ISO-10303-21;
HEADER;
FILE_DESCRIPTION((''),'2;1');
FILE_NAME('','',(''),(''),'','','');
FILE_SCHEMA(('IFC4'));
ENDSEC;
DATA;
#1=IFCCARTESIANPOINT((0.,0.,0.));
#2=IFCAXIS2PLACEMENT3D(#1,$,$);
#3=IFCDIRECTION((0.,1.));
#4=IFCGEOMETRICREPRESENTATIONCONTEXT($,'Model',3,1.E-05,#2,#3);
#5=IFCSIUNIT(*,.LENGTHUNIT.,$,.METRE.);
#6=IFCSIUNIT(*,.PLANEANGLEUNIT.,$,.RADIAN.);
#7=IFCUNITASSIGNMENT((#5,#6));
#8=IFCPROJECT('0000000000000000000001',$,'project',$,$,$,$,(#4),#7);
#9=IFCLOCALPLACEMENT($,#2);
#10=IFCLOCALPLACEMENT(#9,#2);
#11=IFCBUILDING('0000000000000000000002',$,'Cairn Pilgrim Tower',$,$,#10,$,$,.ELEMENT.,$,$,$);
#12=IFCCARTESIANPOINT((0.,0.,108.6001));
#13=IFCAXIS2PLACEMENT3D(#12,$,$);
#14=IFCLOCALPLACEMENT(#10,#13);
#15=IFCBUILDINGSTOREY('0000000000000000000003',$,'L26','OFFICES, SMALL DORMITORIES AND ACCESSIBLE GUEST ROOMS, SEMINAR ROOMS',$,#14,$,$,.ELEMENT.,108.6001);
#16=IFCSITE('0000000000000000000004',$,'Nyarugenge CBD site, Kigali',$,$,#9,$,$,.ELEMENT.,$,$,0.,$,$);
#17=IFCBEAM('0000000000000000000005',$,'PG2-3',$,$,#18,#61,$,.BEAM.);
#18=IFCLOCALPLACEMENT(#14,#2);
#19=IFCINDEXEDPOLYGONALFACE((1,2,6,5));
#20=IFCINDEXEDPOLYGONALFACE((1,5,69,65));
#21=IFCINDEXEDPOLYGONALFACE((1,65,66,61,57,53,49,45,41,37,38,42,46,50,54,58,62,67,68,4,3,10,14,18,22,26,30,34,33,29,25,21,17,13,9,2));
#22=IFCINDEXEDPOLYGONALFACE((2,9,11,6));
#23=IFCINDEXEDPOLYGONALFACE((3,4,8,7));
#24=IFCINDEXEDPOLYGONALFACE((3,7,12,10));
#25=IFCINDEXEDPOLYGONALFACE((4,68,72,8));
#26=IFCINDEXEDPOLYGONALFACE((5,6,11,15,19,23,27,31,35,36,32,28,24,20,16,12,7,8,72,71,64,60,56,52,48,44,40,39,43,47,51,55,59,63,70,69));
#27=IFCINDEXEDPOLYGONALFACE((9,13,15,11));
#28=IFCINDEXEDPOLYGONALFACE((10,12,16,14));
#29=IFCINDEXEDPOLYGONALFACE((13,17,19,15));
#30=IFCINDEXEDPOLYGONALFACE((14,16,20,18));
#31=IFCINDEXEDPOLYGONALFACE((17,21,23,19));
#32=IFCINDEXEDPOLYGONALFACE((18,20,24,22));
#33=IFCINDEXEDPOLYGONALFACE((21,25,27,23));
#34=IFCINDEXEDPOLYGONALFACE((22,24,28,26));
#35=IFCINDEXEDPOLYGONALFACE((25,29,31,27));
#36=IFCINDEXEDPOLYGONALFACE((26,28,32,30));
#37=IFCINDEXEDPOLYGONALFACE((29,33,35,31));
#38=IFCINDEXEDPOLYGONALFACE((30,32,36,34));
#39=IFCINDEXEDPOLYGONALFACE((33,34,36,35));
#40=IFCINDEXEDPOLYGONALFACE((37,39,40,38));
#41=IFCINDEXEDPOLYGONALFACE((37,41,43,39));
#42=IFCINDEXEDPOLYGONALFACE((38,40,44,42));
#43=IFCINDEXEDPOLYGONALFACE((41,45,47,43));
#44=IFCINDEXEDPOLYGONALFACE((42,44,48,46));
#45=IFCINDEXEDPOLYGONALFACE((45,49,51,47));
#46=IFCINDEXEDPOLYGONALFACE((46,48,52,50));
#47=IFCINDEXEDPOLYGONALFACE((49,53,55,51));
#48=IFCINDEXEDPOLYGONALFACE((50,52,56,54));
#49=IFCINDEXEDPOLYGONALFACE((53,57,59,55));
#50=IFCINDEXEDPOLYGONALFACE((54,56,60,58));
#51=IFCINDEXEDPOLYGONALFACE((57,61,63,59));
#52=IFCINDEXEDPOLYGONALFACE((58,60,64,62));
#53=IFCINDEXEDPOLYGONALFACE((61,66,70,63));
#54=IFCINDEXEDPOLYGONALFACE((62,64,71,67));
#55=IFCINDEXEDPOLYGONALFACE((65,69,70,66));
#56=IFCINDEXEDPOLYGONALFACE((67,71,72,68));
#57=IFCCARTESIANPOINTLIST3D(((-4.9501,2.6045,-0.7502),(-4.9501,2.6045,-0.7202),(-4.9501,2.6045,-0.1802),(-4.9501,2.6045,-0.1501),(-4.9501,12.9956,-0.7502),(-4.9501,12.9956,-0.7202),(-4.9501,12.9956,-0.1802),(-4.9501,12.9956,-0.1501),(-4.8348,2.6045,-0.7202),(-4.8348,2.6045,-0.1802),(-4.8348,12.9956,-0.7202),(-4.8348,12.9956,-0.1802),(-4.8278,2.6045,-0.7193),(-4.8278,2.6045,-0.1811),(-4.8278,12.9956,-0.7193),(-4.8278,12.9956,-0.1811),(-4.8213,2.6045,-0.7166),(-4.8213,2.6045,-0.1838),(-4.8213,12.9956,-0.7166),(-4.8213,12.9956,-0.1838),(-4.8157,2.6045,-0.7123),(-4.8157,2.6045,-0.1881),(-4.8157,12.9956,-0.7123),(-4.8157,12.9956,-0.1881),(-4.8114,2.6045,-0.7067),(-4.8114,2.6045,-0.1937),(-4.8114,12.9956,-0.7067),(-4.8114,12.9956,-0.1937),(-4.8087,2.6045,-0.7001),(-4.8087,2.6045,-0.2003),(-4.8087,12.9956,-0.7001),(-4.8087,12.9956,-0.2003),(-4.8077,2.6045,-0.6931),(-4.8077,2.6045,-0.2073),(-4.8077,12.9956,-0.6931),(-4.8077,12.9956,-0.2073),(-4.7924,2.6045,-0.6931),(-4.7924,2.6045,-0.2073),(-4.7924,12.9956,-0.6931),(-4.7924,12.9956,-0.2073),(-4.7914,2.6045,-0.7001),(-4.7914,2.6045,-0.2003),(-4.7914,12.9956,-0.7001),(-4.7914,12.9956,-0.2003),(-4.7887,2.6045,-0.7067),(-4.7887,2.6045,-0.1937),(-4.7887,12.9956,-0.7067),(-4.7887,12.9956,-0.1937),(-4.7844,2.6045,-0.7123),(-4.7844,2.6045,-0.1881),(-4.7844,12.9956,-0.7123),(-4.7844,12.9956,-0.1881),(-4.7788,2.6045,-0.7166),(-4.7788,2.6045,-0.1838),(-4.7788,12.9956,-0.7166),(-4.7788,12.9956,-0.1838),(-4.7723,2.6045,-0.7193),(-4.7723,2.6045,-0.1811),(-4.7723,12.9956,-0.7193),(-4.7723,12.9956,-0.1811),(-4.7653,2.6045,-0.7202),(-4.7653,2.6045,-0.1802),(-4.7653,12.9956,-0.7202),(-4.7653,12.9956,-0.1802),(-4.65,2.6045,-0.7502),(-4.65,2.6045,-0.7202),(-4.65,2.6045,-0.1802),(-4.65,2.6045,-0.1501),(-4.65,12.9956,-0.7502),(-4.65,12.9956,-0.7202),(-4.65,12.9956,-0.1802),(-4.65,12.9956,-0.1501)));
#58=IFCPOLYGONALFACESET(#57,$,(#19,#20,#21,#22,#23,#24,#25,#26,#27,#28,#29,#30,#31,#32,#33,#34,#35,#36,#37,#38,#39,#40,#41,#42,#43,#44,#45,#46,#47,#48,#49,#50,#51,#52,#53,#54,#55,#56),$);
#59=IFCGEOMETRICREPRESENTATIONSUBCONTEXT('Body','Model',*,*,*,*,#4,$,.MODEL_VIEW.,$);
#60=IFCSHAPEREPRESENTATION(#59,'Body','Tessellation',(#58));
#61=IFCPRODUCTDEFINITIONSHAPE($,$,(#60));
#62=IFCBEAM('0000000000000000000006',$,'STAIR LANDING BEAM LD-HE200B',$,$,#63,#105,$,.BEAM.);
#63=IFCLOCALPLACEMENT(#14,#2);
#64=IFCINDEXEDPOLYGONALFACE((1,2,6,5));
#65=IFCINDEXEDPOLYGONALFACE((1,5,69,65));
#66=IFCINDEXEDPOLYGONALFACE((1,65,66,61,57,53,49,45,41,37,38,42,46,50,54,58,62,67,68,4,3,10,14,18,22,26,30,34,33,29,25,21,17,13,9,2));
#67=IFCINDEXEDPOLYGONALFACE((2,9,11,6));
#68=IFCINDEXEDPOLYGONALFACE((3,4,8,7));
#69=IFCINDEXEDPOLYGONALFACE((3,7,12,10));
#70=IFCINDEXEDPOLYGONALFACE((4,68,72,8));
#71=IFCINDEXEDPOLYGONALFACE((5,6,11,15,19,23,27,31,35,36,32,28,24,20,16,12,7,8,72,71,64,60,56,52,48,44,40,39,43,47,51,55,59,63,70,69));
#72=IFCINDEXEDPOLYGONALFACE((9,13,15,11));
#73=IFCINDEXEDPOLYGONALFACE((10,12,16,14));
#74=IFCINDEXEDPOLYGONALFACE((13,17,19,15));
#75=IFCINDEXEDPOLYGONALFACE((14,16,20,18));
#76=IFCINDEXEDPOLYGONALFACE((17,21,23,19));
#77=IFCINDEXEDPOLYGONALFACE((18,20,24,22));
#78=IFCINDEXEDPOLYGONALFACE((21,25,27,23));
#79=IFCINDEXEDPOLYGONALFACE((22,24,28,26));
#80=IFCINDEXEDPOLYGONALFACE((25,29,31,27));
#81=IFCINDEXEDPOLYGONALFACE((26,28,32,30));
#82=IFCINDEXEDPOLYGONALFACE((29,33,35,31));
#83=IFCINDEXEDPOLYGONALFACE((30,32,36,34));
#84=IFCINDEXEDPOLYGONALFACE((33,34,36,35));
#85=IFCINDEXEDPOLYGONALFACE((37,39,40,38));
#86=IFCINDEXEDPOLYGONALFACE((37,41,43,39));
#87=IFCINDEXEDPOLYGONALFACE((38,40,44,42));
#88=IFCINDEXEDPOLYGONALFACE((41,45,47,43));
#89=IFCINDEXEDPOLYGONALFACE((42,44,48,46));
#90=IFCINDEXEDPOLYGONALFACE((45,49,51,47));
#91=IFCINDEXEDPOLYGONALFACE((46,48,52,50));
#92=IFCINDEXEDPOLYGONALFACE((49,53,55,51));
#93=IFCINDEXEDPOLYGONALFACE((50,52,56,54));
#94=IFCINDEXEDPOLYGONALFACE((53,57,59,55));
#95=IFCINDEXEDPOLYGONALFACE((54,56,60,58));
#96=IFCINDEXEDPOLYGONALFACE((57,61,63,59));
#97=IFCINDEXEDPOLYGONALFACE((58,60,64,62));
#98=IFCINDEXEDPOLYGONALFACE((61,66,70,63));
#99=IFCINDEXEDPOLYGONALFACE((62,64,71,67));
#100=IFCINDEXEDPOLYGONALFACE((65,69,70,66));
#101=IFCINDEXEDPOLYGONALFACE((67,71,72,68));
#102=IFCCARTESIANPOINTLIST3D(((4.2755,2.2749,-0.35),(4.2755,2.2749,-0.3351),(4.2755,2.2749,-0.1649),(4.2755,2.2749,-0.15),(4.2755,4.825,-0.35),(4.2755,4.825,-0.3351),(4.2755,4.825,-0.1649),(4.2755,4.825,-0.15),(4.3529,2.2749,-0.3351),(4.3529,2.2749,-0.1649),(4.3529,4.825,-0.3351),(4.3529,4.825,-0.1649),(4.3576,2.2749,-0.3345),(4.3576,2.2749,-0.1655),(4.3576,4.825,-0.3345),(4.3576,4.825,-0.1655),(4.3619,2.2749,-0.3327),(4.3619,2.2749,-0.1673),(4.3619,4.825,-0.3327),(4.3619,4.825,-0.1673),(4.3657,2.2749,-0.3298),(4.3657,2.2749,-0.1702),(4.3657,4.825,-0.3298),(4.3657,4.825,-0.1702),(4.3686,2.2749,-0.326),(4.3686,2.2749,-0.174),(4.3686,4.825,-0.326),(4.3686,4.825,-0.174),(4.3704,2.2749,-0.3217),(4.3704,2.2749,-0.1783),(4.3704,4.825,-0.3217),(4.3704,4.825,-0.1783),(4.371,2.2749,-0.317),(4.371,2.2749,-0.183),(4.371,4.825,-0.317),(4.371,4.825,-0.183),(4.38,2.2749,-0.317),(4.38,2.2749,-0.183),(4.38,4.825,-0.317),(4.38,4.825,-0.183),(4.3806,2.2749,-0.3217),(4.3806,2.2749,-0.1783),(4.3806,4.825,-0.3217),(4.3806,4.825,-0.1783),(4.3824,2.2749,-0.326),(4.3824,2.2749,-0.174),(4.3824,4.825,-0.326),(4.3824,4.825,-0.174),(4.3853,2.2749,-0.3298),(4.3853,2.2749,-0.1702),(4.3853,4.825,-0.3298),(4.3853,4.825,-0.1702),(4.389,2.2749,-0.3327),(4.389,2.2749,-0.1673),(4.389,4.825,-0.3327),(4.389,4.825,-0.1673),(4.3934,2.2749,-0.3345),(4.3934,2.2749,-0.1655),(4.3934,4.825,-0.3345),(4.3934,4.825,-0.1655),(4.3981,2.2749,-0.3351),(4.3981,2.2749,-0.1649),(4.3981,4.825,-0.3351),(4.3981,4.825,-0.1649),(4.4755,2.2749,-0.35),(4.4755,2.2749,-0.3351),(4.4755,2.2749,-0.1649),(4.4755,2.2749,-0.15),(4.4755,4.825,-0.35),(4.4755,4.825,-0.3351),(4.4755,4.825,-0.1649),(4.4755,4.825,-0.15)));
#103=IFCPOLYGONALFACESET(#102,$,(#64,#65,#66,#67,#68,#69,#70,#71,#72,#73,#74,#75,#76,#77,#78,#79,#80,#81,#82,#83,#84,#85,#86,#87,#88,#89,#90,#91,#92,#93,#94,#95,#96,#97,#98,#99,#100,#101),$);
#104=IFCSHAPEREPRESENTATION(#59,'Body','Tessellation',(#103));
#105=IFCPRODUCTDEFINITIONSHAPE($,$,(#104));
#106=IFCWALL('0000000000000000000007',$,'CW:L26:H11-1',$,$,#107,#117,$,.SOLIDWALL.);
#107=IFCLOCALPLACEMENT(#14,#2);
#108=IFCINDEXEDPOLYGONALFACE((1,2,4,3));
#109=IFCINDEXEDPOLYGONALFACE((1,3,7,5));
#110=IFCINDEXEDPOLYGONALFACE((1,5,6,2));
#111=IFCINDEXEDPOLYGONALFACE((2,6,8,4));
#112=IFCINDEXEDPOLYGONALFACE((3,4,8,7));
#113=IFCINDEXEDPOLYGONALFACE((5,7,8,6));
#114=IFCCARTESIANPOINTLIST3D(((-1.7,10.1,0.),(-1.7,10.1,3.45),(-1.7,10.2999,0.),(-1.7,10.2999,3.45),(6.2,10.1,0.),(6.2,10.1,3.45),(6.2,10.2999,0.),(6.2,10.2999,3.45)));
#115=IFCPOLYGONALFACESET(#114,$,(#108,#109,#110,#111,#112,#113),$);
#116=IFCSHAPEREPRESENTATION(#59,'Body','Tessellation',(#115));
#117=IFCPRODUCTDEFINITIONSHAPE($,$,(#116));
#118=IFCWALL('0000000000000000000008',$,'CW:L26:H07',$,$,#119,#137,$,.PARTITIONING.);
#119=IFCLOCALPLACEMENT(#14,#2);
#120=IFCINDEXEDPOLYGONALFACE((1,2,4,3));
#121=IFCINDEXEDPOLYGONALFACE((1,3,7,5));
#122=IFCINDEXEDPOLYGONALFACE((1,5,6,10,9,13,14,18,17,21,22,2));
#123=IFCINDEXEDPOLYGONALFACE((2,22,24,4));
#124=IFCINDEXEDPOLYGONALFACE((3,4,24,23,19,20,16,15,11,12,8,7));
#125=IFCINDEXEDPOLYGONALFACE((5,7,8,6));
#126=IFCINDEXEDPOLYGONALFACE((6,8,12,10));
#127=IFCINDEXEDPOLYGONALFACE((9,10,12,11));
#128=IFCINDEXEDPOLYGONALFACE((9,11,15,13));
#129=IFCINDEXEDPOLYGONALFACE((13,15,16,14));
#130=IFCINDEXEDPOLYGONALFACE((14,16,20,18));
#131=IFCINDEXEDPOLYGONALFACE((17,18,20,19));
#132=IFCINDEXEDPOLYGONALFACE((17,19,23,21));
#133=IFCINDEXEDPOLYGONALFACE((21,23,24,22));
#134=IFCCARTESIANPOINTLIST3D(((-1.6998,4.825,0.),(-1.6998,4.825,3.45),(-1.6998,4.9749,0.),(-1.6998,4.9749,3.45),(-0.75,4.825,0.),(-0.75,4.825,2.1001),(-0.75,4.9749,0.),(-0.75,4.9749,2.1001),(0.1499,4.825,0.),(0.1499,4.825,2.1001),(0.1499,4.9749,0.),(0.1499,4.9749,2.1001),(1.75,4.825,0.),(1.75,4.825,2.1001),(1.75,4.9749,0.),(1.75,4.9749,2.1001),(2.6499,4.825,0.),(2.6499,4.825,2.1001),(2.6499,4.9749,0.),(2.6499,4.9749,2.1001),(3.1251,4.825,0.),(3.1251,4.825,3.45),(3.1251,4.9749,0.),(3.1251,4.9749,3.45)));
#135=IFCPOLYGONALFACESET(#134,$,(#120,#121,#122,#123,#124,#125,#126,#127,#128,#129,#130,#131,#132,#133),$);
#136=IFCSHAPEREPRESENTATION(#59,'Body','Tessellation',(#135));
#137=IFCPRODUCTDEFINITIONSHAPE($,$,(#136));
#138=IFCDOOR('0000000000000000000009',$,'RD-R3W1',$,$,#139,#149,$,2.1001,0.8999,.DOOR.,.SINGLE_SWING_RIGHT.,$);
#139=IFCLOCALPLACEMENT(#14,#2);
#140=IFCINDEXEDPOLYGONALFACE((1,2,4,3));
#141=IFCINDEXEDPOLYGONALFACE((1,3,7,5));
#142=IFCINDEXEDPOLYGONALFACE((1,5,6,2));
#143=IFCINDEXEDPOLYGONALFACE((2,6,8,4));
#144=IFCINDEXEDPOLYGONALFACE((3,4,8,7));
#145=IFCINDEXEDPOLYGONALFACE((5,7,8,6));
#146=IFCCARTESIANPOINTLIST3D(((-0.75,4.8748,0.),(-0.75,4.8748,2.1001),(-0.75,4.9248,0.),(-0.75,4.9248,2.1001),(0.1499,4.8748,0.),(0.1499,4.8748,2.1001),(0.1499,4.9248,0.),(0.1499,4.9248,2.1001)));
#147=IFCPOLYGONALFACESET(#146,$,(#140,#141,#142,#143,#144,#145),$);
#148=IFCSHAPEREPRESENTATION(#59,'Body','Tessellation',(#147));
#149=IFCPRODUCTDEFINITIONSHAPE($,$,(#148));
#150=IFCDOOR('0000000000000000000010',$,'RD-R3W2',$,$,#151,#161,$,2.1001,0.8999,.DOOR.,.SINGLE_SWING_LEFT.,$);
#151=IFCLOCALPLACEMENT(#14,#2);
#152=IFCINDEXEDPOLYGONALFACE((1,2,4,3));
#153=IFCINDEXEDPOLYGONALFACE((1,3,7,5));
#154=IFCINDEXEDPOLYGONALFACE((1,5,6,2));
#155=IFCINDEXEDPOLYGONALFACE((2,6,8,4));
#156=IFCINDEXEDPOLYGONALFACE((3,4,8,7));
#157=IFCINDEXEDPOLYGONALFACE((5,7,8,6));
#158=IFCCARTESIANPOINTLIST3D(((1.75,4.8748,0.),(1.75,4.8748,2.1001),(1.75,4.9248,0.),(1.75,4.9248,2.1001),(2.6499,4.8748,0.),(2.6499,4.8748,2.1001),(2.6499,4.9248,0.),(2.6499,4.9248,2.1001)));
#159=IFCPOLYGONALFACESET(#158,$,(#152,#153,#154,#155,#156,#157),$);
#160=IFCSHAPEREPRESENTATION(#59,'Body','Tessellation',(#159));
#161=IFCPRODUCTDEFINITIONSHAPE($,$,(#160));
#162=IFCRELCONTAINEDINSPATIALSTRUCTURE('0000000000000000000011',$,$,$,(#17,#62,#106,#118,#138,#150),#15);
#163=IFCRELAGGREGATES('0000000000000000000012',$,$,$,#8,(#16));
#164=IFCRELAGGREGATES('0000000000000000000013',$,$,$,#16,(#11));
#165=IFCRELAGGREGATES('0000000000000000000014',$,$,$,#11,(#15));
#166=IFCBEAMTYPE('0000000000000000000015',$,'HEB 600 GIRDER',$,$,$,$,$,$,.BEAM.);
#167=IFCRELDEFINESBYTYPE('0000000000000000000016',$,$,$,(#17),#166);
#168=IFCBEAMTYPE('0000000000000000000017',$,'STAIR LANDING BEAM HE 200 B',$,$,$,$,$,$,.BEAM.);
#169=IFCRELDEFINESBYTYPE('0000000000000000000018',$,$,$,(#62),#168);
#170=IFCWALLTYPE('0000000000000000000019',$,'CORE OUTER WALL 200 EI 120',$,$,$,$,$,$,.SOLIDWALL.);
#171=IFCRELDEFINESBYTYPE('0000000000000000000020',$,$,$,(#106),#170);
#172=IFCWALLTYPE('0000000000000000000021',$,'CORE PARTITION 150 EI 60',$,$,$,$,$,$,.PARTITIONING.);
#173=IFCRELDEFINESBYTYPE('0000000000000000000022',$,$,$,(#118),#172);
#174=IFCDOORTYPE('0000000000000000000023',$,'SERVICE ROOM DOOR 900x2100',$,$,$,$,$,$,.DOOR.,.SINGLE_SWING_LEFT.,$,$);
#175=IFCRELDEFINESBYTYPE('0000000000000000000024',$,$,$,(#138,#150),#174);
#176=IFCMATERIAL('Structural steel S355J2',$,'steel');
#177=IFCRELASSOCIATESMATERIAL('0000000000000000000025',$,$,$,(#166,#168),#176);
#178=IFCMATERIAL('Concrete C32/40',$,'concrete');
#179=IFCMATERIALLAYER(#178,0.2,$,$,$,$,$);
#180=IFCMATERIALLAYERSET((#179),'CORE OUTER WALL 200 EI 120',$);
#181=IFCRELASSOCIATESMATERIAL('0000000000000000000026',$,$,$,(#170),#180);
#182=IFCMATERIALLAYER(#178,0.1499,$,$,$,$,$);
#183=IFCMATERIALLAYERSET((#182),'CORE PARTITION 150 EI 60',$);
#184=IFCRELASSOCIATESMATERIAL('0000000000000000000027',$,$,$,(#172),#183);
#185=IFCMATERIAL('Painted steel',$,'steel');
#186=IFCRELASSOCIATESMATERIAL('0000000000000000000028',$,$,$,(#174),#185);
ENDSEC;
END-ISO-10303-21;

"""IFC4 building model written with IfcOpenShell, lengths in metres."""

from ifc_helpers import new_model, si_unit, direction, frame, frame_2d, origin, origin_2d, place, context, subcontext, project, spatial, rectangle, i_section, extrude, material, layer, layer_set, material_profile, profile_set, type_object, element, fill, save


model = new_model("IFC4")

# Units and contexts
model_context = context("Model", 3, precision=1e-05, world=origin(), true_north=direction((0.0, 1.0)))
body_context = subcontext(model_context, "Body", "Model", "MODEL_VIEW")
ifc_project = project(units=[si_unit("LENGTHUNIT", "METRE"), si_unit("PLANEANGLEUNIT", "RADIAN")], contexts=[model_context])

# Site, building, storey
site_placement = place(None, origin())
site = spatial("IfcSite", under=ifc_project, at=site_placement, Name="Nyarugenge CBD site, Kigali", CompositionType="ELEMENT", RefElevation=0.0)
building_placement = place(site_placement, origin())
building = spatial("IfcBuilding", under=site, at=building_placement, Name="Cairn Pilgrim Tower", CompositionType="ELEMENT")
storey_placement = place(building_placement, frame((0.0, 0.0, 108.6001)))
storey = spatial("IfcBuildingStorey", under=building, at=storey_placement, Name="L26", Description="OFFICES, SMALL DORMITORIES AND ACCESSIBLE GUEST ROOMS, SEMINAR ROOMS", CompositionType="ELEMENT", Elevation=108.6001)

# Beams
ifc_material_1 = material(Name="Structural steel S355J2", Category="steel")
ifc_material_profile_1 = material_profile(ifc_material_1, i_section(OverallWidth=0.3, OverallDepth=0.6001, WebThickness=0.0154, FlangeThickness=0.03, FilletRadius=0.0271, at=origin_2d()), Name="HEB 600")
ifc_profile_set_1 = profile_set([ifc_material_profile_1], Name="Structural steel S355J2")
beam_type_1 = type_object("IfcBeamType", Name="HEB 600 GIRDER", PredefinedType="BEAM", material=ifc_profile_set_1)
beam_1_placement = place(storey_placement, frame((-4.8, 2.6045, -0.4502), z_axis=(0.0, 1.0, 0.0), x_axis=(-1.0, 0.0, 0.0)))
element("IfcBeam", 1, at=beam_1_placement, inside=storey, type_object=beam_type_1, Name="PG2-3", PredefinedType="BEAM", context=body_context, shape_type="SweptSolid", body=[
    extrude(i_section(OverallWidth=0.3, OverallDepth=0.6001, WebThickness=0.0154, FlangeThickness=0.03, FilletRadius=0.0271, at=origin_2d()), origin(), (0.0, 0.0, 1.0), 10.3911),
])
ifc_material_profile_2 = material_profile(ifc_material_1, i_section(OverallWidth=0.2, OverallDepth=0.2, WebThickness=0.009, FlangeThickness=0.0149, FilletRadius=0.0181, at=origin_2d()), Name="HE 200 B")
ifc_profile_set_2 = profile_set([ifc_material_profile_2], Name="Structural steel S355J2")
beam_type_2 = type_object("IfcBeamType", Name="STAIR LANDING BEAM HE 200 B", PredefinedType="BEAM", material=ifc_profile_set_2)
beam_2_placement = place(storey_placement, frame((4.3755, 2.2749, -0.25), z_axis=(0.0, 1.0, 0.0), x_axis=(-1.0, 0.0, 0.0)))
element("IfcBeam", 2, at=beam_2_placement, inside=storey, type_object=beam_type_2, Name="STAIR LANDING BEAM LD-HE200B", PredefinedType="BEAM", context=body_context, shape_type="SweptSolid", body=[
    extrude(i_section(OverallWidth=0.2, OverallDepth=0.2, WebThickness=0.009, FlangeThickness=0.0149, FilletRadius=0.0181, at=origin_2d()), origin(), (0.0, 0.0, 1.0), 2.55),
])

# Wall
ifc_material_2 = material(Name="Concrete C32/40", Category="concrete")
ifc_layer_1 = layer(ifc_material_2, 0.2)
ifc_layer_set_1 = layer_set([ifc_layer_1], Name="CORE OUTER WALL 200 EI 120")
wall_type_1 = type_object("IfcWallType", Name="CORE OUTER WALL 200 EI 120", PredefinedType="SOLIDWALL", material=ifc_layer_set_1)
wall_1_placement = place(storey_placement, frame((-1.7, 10.2, 0.0), z_axis=(0.0, 0.0, 1.0), x_axis=(1.0, 0.0, 0.0)))
element("IfcWall", 3, at=wall_1_placement, inside=storey, type_object=wall_type_1, Name="CW:L26:H11-1", PredefinedType="SOLIDWALL", context=body_context, shape_type="SweptSolid", body=[
    extrude(rectangle(XDim=7.8999, YDim=0.2, at=frame_2d((3.95, 0.0))), origin(), (0.0, 0.0, 1.0), 3.45),
])

# Wall, openings, doors
ifc_layer_2 = layer(ifc_material_2, 0.1499)
ifc_layer_set_2 = layer_set([ifc_layer_2], Name="CORE PARTITION 150 EI 60")
wall_type_2 = type_object("IfcWallType", Name="CORE PARTITION 150 EI 60", PredefinedType="PARTITIONING", material=ifc_layer_set_2)
wall_2_placement = place(storey_placement, frame((-1.7, 4.8999, 0.0), z_axis=(0.0, 0.0, 1.0), x_axis=(1.0, 0.0, 0.0)))
wall_2 = element("IfcWall", 4, at=wall_2_placement, inside=storey, type_object=wall_type_2, Name="CW:L26:H07", PredefinedType="PARTITIONING", context=body_context, shape_type="SweptSolid", body=[
    extrude(rectangle(XDim=4.825, YDim=0.1499, at=frame_2d((2.4126, 0.0))), origin(), (0.0, 0.0, 1.0), 3.45),
])
opening_1_placement = place(wall_2_placement, frame((0.95, 0.0, 0.0)))
opening_1 = element("IfcOpeningElement", 5, at=opening_1_placement, cuts=wall_2, PredefinedType="OPENING", context=body_context, shape_type="SweptSolid", body=[
    extrude(rectangle(XDim=0.8999, YDim=2.1001, at=frame_2d((0.45, 1.05))), frame((0.0, 0.085, 0.0), z_axis=(0.0, -1.0, 0.0), x_axis=(1.0, 0.0, 0.0)), (0.0, 0.0, 1.0), 0.1699),
])
opening_2_placement = place(wall_2_placement, frame((3.45, 0.0, 0.0)))
opening_2 = element("IfcOpeningElement", 6, at=opening_2_placement, cuts=wall_2, PredefinedType="OPENING", context=body_context, shape_type="SweptSolid", body=[
    extrude(rectangle(XDim=0.8999, YDim=2.1001, at=frame_2d((0.45, 1.05))), frame((0.0, 0.085, 0.0), z_axis=(0.0, -1.0, 0.0), x_axis=(1.0, 0.0, 0.0)), (0.0, 0.0, 1.0), 0.1699),
])
ifc_material_3 = material(Name="Painted steel", Category="steel")
door_type_1 = type_object("IfcDoorType", Name="SERVICE ROOM DOOR 900x2100", OperationType="SINGLE_SWING_LEFT", PredefinedType="DOOR", material=ifc_material_3)
door_1_placement = place(opening_1_placement, origin())
door_1 = element("IfcDoor", 7, at=door_1_placement, inside=storey, type_object=door_type_1, Name="RD-R3W1", OperationType="SINGLE_SWING_RIGHT", OverallHeight=2.1001, OverallWidth=0.8999, PredefinedType="DOOR", context=body_context, shape_type="SweptSolid", body=[
    extrude(rectangle(XDim=0.8999, YDim=2.1001, at=frame_2d((0.45, 1.05))), frame((0.0, 0.0249, 0.0), z_axis=(0.0, -1.0, 0.0), x_axis=(1.0, 0.0, 0.0)), (0.0, 0.0, 1.0), 0.05),
])
fill(opening_1, door_1)
door_2_placement = place(opening_2_placement, origin())
door_2 = element("IfcDoor", 8, at=door_2_placement, inside=storey, type_object=door_type_1, Name="RD-R3W2", OperationType="SINGLE_SWING_LEFT", OverallHeight=2.1001, OverallWidth=0.8999, PredefinedType="DOOR", context=body_context, shape_type="SweptSolid", body=[
    extrude(rectangle(XDim=0.8999, YDim=2.1001, at=frame_2d((0.45, 1.05))), frame((0.0, 0.0249, 0.0), z_axis=(0.0, -1.0, 0.0), x_axis=(1.0, 0.0, 0.0)), (0.0, 0.0, 1.0), 0.05),
])
fill(opening_2, door_2)

save(model, "model.ifc")
